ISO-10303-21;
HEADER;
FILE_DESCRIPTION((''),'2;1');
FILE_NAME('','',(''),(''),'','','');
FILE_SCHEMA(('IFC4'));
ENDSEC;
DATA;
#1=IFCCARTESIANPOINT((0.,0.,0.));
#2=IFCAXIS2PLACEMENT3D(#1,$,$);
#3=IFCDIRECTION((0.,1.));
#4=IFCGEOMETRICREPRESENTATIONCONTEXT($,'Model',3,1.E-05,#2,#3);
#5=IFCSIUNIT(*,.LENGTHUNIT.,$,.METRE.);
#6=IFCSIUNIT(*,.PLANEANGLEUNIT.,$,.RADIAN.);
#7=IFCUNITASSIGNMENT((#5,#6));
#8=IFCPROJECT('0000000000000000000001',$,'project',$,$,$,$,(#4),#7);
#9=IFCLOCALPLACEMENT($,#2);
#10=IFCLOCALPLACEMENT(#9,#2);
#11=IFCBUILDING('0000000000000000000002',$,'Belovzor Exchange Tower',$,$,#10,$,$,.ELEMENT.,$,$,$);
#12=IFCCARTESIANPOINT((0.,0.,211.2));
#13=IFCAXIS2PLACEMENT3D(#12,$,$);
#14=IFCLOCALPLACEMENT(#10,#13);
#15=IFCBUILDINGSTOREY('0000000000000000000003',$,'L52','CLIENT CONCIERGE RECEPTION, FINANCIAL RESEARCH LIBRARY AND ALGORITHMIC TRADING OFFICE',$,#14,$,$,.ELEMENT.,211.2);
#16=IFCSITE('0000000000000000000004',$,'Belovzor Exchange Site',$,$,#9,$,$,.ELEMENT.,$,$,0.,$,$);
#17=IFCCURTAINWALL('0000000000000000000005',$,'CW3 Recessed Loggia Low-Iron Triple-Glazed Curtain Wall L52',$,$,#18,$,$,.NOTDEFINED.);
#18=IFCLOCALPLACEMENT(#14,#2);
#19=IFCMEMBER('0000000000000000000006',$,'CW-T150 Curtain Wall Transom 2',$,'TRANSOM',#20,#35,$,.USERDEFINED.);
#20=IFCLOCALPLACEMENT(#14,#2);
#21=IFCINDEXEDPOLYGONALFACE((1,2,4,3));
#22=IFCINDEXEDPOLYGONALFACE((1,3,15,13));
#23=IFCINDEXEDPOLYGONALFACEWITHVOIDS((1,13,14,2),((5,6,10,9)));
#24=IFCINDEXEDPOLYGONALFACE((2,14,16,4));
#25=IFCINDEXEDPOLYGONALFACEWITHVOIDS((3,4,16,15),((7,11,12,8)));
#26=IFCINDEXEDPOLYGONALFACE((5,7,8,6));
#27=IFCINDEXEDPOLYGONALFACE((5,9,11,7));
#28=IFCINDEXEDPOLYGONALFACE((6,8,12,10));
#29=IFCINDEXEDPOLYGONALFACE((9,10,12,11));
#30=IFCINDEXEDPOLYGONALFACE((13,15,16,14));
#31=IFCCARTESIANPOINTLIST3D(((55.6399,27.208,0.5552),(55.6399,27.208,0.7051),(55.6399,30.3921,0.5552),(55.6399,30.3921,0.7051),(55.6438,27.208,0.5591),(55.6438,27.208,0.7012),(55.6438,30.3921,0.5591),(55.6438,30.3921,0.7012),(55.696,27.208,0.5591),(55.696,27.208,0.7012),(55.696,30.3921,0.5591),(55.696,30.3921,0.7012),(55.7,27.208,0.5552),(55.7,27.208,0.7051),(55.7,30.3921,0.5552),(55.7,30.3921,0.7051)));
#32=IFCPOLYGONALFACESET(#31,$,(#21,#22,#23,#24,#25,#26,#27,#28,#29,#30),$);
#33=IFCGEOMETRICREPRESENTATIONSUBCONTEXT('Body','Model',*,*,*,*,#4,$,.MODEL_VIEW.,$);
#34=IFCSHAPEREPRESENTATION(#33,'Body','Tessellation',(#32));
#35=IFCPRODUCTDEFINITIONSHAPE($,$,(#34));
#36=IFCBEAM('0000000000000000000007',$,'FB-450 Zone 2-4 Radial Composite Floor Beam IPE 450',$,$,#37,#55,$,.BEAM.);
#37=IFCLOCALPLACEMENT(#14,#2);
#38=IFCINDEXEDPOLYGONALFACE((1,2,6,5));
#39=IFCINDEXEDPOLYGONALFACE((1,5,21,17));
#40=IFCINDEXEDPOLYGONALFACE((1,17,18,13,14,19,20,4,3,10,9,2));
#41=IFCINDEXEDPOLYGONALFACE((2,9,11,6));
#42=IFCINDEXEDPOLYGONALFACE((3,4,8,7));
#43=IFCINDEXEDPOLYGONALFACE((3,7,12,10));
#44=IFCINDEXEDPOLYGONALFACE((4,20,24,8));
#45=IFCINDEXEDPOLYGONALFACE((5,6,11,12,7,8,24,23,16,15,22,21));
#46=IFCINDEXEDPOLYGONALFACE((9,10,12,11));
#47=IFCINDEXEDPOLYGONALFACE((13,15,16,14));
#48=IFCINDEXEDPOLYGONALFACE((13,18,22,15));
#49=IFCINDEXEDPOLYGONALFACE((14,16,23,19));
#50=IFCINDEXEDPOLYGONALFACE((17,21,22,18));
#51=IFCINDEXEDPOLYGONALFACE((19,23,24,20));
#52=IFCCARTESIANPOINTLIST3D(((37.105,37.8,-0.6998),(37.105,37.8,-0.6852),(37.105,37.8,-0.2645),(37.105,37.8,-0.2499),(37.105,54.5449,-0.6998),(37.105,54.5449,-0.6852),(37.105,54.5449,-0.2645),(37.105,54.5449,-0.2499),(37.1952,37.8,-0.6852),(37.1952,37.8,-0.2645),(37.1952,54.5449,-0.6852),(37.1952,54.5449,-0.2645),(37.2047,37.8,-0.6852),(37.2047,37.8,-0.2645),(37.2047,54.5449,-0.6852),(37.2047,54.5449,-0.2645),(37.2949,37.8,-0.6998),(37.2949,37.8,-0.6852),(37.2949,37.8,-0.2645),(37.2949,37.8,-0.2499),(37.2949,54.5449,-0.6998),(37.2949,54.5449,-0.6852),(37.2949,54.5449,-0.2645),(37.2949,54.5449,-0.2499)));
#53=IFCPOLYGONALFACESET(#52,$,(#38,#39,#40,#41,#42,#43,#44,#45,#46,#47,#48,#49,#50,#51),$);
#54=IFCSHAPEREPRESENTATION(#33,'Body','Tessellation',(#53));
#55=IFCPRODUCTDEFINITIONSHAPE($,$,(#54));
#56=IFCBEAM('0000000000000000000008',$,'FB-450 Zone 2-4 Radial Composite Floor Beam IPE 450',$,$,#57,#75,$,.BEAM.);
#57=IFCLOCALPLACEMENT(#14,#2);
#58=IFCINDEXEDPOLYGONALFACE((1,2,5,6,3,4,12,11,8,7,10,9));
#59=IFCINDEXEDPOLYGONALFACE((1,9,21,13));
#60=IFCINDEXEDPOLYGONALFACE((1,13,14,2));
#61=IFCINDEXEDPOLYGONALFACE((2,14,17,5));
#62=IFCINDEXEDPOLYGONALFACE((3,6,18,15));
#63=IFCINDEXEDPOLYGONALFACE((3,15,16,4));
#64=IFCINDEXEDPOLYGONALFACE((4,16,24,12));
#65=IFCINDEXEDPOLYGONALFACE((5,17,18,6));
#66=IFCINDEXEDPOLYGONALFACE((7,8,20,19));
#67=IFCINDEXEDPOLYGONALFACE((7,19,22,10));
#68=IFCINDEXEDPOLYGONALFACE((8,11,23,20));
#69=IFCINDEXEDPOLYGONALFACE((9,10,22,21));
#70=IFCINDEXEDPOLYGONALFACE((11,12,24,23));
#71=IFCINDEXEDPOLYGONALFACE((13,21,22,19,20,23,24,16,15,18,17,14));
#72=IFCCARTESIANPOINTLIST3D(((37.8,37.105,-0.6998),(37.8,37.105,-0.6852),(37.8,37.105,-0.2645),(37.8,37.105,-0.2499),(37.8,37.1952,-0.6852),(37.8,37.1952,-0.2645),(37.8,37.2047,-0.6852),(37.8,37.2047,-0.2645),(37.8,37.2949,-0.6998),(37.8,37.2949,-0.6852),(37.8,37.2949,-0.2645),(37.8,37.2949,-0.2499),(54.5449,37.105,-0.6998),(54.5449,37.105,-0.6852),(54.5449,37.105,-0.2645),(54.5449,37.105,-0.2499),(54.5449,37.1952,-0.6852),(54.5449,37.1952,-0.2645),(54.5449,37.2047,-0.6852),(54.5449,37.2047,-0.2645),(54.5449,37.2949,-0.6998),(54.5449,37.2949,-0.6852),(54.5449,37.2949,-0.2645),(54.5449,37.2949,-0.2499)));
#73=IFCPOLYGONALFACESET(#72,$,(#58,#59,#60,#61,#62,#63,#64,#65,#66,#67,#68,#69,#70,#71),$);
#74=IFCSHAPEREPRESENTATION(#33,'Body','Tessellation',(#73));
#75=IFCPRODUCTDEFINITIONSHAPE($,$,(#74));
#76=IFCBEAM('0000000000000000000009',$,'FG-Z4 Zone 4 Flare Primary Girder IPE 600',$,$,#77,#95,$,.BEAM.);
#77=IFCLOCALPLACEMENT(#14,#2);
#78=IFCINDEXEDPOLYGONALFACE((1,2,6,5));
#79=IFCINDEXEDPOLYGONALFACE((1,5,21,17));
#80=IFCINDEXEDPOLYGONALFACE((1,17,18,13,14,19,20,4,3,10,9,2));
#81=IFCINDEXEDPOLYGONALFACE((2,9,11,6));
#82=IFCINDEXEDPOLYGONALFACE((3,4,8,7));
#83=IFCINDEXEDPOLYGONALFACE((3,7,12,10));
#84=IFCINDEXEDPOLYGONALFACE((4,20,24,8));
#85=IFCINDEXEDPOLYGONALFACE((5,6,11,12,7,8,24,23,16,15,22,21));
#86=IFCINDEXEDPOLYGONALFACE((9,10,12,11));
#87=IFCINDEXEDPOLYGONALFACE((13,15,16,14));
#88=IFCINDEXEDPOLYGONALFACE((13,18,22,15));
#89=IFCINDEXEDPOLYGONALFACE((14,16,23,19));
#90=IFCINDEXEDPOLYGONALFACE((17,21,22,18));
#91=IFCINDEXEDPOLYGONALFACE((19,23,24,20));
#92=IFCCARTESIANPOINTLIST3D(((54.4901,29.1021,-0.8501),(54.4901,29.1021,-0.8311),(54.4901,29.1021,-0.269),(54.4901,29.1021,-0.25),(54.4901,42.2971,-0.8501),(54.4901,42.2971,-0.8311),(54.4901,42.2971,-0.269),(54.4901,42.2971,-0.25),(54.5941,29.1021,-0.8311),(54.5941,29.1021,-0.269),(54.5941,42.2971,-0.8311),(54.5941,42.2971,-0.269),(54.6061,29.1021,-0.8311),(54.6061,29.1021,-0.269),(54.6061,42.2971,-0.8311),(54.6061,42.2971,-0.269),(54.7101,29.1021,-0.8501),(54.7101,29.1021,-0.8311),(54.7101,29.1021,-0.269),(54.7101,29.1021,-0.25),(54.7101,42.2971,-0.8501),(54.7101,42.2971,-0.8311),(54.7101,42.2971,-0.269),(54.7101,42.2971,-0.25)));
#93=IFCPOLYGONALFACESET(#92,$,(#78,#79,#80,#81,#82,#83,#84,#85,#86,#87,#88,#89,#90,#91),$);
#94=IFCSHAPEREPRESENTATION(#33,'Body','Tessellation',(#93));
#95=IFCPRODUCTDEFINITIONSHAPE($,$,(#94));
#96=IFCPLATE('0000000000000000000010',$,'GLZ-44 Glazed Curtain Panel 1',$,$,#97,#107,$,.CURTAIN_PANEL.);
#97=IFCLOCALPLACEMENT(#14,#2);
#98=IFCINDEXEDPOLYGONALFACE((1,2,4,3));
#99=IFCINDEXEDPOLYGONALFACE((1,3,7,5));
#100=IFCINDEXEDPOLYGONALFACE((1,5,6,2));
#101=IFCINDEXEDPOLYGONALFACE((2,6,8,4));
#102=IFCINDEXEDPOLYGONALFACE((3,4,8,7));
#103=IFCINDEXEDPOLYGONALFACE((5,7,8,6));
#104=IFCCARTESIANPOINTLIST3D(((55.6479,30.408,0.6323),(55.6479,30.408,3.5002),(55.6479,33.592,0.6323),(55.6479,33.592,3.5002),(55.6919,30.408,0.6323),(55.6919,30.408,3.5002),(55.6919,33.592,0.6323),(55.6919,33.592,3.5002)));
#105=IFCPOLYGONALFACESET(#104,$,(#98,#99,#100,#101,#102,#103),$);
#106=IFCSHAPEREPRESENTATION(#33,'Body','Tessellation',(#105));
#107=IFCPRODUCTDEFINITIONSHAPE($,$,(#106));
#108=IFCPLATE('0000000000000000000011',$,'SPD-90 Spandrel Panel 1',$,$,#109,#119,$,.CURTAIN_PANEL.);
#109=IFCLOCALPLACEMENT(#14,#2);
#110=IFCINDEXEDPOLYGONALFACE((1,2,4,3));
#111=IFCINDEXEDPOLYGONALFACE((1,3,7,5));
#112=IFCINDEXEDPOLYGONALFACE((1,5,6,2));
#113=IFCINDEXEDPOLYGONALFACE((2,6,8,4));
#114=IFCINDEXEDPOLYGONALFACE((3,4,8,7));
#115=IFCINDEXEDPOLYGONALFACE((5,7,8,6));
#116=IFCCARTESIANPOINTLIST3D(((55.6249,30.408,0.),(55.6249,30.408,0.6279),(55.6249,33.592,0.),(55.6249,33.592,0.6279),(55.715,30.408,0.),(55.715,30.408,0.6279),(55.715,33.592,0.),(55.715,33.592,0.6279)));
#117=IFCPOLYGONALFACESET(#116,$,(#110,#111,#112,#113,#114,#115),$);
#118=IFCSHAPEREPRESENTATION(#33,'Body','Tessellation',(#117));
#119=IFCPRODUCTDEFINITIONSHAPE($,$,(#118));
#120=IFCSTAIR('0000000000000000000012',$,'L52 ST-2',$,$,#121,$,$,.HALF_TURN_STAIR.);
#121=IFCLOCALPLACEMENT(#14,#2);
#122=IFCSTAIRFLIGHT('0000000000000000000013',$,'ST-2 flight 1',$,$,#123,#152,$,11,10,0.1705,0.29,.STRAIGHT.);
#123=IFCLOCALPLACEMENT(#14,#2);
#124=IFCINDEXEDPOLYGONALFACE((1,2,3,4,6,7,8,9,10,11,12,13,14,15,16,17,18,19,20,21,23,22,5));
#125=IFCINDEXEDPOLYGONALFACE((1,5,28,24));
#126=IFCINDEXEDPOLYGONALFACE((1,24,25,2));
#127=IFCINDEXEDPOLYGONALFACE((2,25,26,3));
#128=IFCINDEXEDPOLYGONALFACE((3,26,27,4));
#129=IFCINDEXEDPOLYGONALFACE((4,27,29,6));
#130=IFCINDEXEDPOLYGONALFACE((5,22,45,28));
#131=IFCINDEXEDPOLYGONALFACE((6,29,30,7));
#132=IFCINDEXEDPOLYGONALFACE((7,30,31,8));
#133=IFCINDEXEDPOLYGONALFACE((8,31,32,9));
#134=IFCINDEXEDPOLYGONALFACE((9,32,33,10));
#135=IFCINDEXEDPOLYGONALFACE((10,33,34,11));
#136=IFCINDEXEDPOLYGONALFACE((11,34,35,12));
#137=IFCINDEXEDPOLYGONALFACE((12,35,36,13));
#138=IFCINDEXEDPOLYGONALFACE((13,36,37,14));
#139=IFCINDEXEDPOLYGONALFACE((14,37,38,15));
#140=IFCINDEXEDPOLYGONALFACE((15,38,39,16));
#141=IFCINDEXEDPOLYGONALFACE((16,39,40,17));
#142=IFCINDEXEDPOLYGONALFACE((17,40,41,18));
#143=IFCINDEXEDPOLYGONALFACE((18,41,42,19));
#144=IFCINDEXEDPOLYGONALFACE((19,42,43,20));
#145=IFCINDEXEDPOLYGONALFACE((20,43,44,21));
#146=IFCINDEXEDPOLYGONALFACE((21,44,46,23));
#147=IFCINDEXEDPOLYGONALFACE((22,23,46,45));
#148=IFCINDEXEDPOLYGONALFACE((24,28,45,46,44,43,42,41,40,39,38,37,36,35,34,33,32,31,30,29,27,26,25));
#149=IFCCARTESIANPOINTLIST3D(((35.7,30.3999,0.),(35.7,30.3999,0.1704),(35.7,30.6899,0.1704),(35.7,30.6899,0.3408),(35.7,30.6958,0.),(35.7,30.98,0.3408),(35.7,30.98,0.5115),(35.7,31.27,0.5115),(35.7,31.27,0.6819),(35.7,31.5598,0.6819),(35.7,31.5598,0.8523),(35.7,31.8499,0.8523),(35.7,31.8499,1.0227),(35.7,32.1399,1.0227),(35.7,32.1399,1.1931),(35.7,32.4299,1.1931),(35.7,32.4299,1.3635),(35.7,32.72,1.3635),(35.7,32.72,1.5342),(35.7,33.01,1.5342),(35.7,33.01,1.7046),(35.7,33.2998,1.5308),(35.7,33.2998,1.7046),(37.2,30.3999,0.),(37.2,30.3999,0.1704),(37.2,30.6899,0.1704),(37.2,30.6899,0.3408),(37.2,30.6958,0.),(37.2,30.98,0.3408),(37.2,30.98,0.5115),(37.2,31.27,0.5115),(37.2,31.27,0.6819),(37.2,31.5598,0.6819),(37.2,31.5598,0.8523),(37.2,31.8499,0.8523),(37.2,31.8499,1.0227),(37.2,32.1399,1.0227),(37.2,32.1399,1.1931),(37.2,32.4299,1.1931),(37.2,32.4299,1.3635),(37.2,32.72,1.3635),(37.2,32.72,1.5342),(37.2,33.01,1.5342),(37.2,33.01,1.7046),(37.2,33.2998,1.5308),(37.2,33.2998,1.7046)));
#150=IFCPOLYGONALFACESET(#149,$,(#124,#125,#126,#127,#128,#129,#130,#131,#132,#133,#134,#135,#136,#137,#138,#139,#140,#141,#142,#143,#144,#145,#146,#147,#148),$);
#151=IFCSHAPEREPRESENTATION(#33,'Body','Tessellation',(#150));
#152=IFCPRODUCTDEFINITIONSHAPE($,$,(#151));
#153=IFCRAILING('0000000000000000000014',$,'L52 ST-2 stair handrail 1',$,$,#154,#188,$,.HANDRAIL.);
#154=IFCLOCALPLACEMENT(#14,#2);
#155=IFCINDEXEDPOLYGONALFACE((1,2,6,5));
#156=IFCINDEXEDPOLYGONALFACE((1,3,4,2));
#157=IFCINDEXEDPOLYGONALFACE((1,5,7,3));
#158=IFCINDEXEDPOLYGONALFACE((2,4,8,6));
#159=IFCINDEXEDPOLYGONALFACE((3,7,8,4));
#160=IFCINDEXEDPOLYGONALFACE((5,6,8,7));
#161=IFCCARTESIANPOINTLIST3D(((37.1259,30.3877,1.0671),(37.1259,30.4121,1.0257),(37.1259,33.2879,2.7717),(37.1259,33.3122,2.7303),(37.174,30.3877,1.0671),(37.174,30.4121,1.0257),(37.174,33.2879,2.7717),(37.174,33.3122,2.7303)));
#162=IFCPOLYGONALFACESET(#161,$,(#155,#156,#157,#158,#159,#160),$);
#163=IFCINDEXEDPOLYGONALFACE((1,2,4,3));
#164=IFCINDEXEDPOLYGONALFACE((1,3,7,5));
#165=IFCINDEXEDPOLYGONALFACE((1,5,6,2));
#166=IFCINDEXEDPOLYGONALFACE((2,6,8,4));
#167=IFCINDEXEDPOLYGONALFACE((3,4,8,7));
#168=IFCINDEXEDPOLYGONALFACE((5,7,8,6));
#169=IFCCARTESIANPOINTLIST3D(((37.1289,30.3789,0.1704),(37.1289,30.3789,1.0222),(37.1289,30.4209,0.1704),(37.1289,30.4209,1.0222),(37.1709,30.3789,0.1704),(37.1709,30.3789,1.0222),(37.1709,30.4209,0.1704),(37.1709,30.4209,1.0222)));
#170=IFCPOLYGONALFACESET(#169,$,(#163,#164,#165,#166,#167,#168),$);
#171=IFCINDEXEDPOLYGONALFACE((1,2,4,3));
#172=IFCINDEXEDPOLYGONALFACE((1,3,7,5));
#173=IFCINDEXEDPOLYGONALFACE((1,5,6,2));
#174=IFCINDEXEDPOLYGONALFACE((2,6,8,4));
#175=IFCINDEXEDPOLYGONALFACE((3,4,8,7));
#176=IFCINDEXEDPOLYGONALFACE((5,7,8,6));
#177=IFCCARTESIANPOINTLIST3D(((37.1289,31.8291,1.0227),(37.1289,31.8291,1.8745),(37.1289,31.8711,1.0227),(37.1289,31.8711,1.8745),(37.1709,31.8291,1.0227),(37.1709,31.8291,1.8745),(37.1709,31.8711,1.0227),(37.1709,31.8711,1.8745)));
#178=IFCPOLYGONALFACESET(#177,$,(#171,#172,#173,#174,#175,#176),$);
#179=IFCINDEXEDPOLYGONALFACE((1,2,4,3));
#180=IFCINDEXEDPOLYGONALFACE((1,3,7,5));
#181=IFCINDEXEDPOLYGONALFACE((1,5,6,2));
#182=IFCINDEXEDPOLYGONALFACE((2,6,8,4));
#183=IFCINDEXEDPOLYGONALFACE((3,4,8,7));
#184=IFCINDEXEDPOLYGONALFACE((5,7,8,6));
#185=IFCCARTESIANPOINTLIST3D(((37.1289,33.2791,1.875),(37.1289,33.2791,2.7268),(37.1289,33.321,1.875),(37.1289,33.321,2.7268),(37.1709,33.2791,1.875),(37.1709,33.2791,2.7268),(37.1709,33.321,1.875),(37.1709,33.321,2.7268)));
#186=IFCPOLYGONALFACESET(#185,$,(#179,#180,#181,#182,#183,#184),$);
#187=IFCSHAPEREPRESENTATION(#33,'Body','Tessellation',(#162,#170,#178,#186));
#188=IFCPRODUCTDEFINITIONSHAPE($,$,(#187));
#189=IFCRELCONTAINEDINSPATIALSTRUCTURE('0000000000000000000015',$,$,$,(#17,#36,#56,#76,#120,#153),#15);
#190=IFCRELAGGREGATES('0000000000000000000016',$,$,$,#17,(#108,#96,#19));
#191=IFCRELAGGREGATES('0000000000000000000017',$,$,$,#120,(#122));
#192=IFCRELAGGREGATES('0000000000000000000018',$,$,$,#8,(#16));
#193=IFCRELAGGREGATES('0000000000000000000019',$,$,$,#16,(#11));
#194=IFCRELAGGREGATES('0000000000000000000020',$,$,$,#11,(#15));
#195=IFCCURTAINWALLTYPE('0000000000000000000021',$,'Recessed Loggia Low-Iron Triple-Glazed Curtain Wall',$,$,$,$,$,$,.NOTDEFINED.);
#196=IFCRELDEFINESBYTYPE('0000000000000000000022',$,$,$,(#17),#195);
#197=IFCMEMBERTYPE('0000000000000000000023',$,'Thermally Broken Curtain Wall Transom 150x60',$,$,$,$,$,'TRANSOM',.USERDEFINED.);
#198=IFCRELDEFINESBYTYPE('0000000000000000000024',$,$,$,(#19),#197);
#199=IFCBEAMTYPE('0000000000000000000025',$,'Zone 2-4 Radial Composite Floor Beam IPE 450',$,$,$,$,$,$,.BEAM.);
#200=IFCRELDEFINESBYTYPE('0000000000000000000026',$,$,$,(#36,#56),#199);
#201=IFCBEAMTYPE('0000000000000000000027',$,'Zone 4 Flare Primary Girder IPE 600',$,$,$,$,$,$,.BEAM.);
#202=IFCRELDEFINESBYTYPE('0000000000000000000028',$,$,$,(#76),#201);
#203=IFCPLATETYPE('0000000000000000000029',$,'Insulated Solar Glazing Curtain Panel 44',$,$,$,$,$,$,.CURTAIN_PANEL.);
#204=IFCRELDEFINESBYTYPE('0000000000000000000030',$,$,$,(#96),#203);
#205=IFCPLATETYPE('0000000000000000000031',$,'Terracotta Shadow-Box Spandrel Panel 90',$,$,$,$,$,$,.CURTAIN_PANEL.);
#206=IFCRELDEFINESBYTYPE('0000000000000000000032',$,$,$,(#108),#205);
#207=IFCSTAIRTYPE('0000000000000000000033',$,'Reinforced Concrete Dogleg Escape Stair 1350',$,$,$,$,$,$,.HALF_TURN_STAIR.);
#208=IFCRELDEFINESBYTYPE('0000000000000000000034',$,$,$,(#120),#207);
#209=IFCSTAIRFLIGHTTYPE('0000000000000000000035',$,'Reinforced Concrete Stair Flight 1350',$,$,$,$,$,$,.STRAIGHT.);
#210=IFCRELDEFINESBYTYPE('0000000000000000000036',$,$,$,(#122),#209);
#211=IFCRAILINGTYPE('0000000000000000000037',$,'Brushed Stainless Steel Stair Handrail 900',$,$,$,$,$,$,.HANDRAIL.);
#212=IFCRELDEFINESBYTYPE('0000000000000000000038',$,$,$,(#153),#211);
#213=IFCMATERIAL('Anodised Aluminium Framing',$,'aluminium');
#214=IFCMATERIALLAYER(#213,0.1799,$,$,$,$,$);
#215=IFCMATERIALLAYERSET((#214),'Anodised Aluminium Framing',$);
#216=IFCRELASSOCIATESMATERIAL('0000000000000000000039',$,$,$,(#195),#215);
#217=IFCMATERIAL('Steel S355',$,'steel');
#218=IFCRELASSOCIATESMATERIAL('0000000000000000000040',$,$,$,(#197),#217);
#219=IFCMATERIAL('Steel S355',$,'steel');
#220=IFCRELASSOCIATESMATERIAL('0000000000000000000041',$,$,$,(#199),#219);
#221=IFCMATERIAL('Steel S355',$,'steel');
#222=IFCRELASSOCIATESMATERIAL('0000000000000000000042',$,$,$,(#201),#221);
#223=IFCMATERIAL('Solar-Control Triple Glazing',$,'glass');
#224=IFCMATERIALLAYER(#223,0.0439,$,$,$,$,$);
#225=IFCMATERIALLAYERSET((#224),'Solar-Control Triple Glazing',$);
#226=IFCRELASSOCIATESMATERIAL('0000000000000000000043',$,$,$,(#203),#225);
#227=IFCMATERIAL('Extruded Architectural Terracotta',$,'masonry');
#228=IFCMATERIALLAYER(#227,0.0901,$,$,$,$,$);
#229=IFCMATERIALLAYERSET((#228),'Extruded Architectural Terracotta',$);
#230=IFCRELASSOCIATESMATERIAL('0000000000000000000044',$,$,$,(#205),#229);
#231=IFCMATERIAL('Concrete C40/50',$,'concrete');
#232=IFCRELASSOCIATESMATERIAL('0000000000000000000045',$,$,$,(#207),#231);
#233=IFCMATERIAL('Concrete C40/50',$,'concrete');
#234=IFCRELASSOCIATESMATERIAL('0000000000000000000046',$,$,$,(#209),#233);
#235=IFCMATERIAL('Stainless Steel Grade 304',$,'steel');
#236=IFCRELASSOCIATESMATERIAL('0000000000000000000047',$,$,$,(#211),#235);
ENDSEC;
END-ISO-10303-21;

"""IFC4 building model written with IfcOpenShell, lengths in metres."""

from ifc_helpers import new_model, si_unit, direction, frame, origin, origin_2d, place, context, subcontext, project, spatial, polyline, rectangle, hollow_rectangle, i_section, outline, extrude, material, layer, layer_set, material_profile, profile_set, type_object, element, aggregate, save


model = new_model("IFC4")

# Units and contexts
model_context = context("Model", 3, precision=1e-05, world=origin(), true_north=direction((0.0, 1.0)))
body_context = subcontext(model_context, "Body", "Model", "MODEL_VIEW")
ifc_project = project(units=[si_unit("LENGTHUNIT", "METRE"), si_unit("PLANEANGLEUNIT", "RADIAN")], contexts=[model_context])

# Site, building, storey
site_placement = place(None, origin())
site = spatial("IfcSite", under=ifc_project, at=site_placement, Name="Belovzor Exchange Site", CompositionType="ELEMENT", RefElevation=0.0)
building_placement = place(site_placement, origin())
building = spatial("IfcBuilding", under=site, at=building_placement, Name="Belovzor Exchange Tower", CompositionType="ELEMENT")
storey_placement = place(building_placement, frame((0.0, 0.0, 211.2)))
storey = spatial("IfcBuildingStorey", under=building, at=storey_placement, Name="L52", Description="CLIENT CONCIERGE RECEPTION, FINANCIAL RESEARCH LIBRARY AND ALGORITHMIC TRADING OFFICE", CompositionType="ELEMENT", Elevation=211.2)

# Curtain wall, member
ifc_material_1 = material(Name="Anodised Aluminium Framing", Category="aluminium")
ifc_layer_1 = layer(ifc_material_1, 0.1799)
ifc_layer_set_1 = layer_set([ifc_layer_1], Name="Anodised Aluminium Framing")
curtain_wall_type = type_object("IfcCurtainWallType", Name="Recessed Loggia Low-Iron Triple-Glazed Curtain Wall", PredefinedType="NOTDEFINED", material=ifc_layer_set_1)
curtain_wall_placement = place(storey_placement, origin())
curtain_wall = element("IfcCurtainWall", 1, at=curtain_wall_placement, inside=storey, type_object=curtain_wall_type, Name="CW3 Recessed Loggia Low-Iron Triple-Glazed Curtain Wall L52", PredefinedType="NOTDEFINED")
ifc_material_2 = material(Name="Steel S355", Category="steel")
ifc_material_profile_1 = material_profile(ifc_material_2, hollow_rectangle(XDim=0.0601, YDim=0.1499, WallThickness=0.0039, at=origin_2d()))
ifc_profile_set_1 = profile_set([ifc_material_profile_1], Name="Steel S355")
member_type_1 = type_object("IfcMemberType", Name="Thermally Broken Curtain Wall Transom 150x60", ElementType="TRANSOM", PredefinedType="USERDEFINED", material=ifc_profile_set_1)
member_1_placement = place(storey_placement, frame((55.6699, 30.3921, 0.6301), z_axis=(0.0, -1.0, 0.0), x_axis=(1.0, 0.0, 0.0)))
member_1 = element("IfcMember", 2, at=member_1_placement, type_object=member_type_1, Name="CW-T150 Curtain Wall Transom 2", ObjectType="TRANSOM", PredefinedType="USERDEFINED", context=body_context, shape_type="SweptSolid", body=[
    extrude(hollow_rectangle(XDim=0.0601, YDim=0.1499, WallThickness=0.0039, at=origin_2d()), origin(), (0.0, 0.0, 1.0), 3.1841),
])

# Beams
ifc_material_3 = material(Name="Steel S355", Category="steel")
ifc_material_profile_2 = material_profile(ifc_material_3, i_section(OverallWidth=0.1899, OverallDepth=0.45, WebThickness=0.0095, FlangeThickness=0.0146, at=origin_2d()))
ifc_profile_set_2 = profile_set([ifc_material_profile_2], Name="Steel S355")
beam_type_1 = type_object("IfcBeamType", Name="Zone 2-4 Radial Composite Floor Beam IPE 450", PredefinedType="BEAM", material=ifc_profile_set_2)
for number, where, z_axis, x_axis, name in (
    (3, (37.2, 37.8, -0.4749), (0.0, 1.0, 0.0), (-1.0, 0.0, 0.0), "FB-450 Zone 2-4 Radial Composite Floor Beam IPE 450"),
    (4, (37.8, 37.2, -0.4749), (1.0, 0.0, 0.0), (0.0, 1.0, 0.0), "FB-450 Zone 2-4 Radial Composite Floor Beam IPE 450"),
):
    element("IfcBeam", number, at=place(storey_placement, frame(where, z_axis=z_axis, x_axis=x_axis)), inside=storey, type_object=beam_type_1, Name=name, PredefinedType="BEAM", context=body_context, shape_type="SweptSolid", body=[
        extrude(i_section(OverallWidth=0.1899, OverallDepth=0.45, WebThickness=0.0095, FlangeThickness=0.0146, at=origin_2d()), origin(), (0.0, 0.0, 1.0), 16.7449),
    ])
ifc_material_4 = material(Name="Steel S355", Category="steel")
ifc_material_profile_3 = material_profile(ifc_material_4, i_section(OverallWidth=0.22, OverallDepth=0.6001, WebThickness=0.012, FlangeThickness=0.019, at=origin_2d()))
ifc_profile_set_3 = profile_set([ifc_material_profile_3], Name="Steel S355")
beam_type_2 = type_object("IfcBeamType", Name="Zone 4 Flare Primary Girder IPE 600", PredefinedType="BEAM", material=ifc_profile_set_3)
beam_1_placement = place(storey_placement, frame((54.6001, 29.1021, -0.55), z_axis=(0.0, 1.0, 0.0), x_axis=(-1.0, 0.0, 0.0)))
element("IfcBeam", 5, at=beam_1_placement, inside=storey, type_object=beam_type_2, Name="FG-Z4 Zone 4 Flare Primary Girder IPE 600", PredefinedType="BEAM", context=body_context, shape_type="SweptSolid", body=[
    extrude(i_section(OverallWidth=0.22, OverallDepth=0.6001, WebThickness=0.012, FlangeThickness=0.019, at=origin_2d()), origin(), (0.0, 0.0, 1.0), 13.1951),
])

# Plates
ifc_material_5 = material(Name="Solar-Control Triple Glazing", Category="glass")
ifc_layer_2 = layer(ifc_material_5, 0.0439)
ifc_layer_set_2 = layer_set([ifc_layer_2], Name="Solar-Control Triple Glazing")
plate_type_1 = type_object("IfcPlateType", Name="Insulated Solar Glazing Curtain Panel 44", PredefinedType="CURTAIN_PANEL", material=ifc_layer_set_2)
plate_1_placement = place(storey_placement, frame((55.6699, 32.0, 0.6323), z_axis=(0.0, 0.0, 1.0), x_axis=(0.0, -1.0, 0.0)))
plate_1 = element("IfcPlate", 6, at=plate_1_placement, type_object=plate_type_1, Name="GLZ-44 Glazed Curtain Panel 1", PredefinedType="CURTAIN_PANEL", context=body_context, shape_type="SweptSolid", body=[
    extrude(rectangle(XDim=3.1841, YDim=0.0439, at=origin_2d()), origin(), (0.0, 0.0, 1.0), 2.8679),
])
ifc_material_6 = material(Name="Extruded Architectural Terracotta", Category="masonry")
ifc_layer_3 = layer(ifc_material_6, 0.0901)
ifc_layer_set_3 = layer_set([ifc_layer_3], Name="Extruded Architectural Terracotta")
plate_type_2 = type_object("IfcPlateType", Name="Terracotta Shadow-Box Spandrel Panel 90", PredefinedType="CURTAIN_PANEL", material=ifc_layer_set_3)
plate_2_placement = place(storey_placement, frame((55.6699, 32.0, 0.0), z_axis=(0.0, 0.0, 1.0), x_axis=(0.0, -1.0, 0.0)))
plate_2 = element("IfcPlate", 7, at=plate_2_placement, type_object=plate_type_2, Name="SPD-90 Spandrel Panel 1", PredefinedType="CURTAIN_PANEL", context=body_context, shape_type="SweptSolid", body=[
    extrude(rectangle(XDim=3.1841, YDim=0.0901, at=origin_2d()), origin(), (0.0, 0.0, 1.0), 0.6279),
])
aggregate(curtain_wall, [plate_2, plate_1, member_1])

# Stair, stair flight
ifc_material_7 = material(Name="Concrete C40/50", Category="concrete")
stair_type = type_object("IfcStairType", Name="Reinforced Concrete Dogleg Escape Stair 1350", PredefinedType="HALF_TURN_STAIR", material=ifc_material_7)
stair_placement = place(storey_placement, origin())
stair = element("IfcStair", 8, at=stair_placement, inside=storey, type_object=stair_type, Name="L52 ST-2", PredefinedType="HALF_TURN_STAIR")
ifc_material_8 = material(Name="Concrete C40/50", Category="concrete")
stair_flight_type = type_object("IfcStairFlightType", Name="Reinforced Concrete Stair Flight 1350", PredefinedType="STRAIGHT", material=ifc_material_8)
stair_flight_placement = place(storey_placement, frame((36.45, 30.3999, 0.0), z_axis=(0.0, 0.0, 1.0), x_axis=(0.0, 1.0, 0.0)))
stair_flight = element("IfcStairFlight", 9, at=stair_flight_placement, type_object=stair_flight_type, Name="ST-2 flight 1", NumberOfRisers=11, NumberOfTreads=10, PredefinedType="STRAIGHT", RiserHeight=0.1705, TreadLength=0.29, context=body_context, shape_type="SweptSolid", body=[
    extrude(outline(polyline([(0.0, 0.0), (0.0, 0.1704), (0.29, 0.1704), (0.29, 0.3408), (0.5801, 0.3408), (0.5801, 0.5115), (0.8701, 0.5115), (0.8701, 0.6819), (1.1599, 0.6819), (1.1599, 0.8523), (1.45, 0.8523), (1.45, 1.0227), (1.74, 1.0227), (1.74, 1.1931), (2.03, 1.1931), (2.03, 1.3635), (2.3201, 1.3635), (2.3201, 1.5342), (2.6101, 1.5342), (2.6101, 1.7046), (2.8999, 1.7046), (2.8999, 1.875), (2.8999, 1.5308), (0.2959, 0.0), (0.0, 0.0)])), frame((0.0, 0.75, 0.0), z_axis=(0.0, -1.0, 0.0), x_axis=(1.0, 0.0, 0.0)), (0.0, 0.0, 1.0), 1.5),
])
aggregate(stair, [stair_flight])

# Railing
ifc_material_9 = material(Name="Stainless Steel Grade 304", Category="steel")
railing_type_1 = type_object("IfcRailingType", Name="Brushed Stainless Steel Stair Handrail 900", PredefinedType="HANDRAIL", material=ifc_material_9)
railing_1_placement = place(storey_placement, frame((37.1499, 30.3999, 0.1704)))
element("IfcRailing", 10, at=railing_1_placement, inside=storey, type_object=railing_type_1, Name="L52 ST-2 stair handrail 1", PredefinedType="HANDRAIL", context=body_context, shape_type="SweptSolid", body=[
    extrude(rectangle(XDim=0.0481, YDim=0.0481, at=origin_2d()), frame((0.0, 0.0, 0.876), z_axis=(0.0, 0.862113, 0.506716), x_axis=(-1.0, 0.0, 0.0)), (0.0, 0.0, 1.0), 3.364),
    extrude(rectangle(XDim=0.042, YDim=0.042, at=origin_2d()), origin(), (0.0, 0.0, 1.0), 0.8518),
    extrude(rectangle(XDim=0.042, YDim=0.042, at=origin_2d()), frame((0.0, 1.4502, 0.8523)), (0.0, 0.0, 1.0), 0.8518),
    extrude(rectangle(XDim=0.042, YDim=0.042, at=origin_2d()), frame((0.0, 2.9001, 1.7046)), (0.0, 0.0, 1.0), 0.8518),
])

save(model, "model.ifc")
